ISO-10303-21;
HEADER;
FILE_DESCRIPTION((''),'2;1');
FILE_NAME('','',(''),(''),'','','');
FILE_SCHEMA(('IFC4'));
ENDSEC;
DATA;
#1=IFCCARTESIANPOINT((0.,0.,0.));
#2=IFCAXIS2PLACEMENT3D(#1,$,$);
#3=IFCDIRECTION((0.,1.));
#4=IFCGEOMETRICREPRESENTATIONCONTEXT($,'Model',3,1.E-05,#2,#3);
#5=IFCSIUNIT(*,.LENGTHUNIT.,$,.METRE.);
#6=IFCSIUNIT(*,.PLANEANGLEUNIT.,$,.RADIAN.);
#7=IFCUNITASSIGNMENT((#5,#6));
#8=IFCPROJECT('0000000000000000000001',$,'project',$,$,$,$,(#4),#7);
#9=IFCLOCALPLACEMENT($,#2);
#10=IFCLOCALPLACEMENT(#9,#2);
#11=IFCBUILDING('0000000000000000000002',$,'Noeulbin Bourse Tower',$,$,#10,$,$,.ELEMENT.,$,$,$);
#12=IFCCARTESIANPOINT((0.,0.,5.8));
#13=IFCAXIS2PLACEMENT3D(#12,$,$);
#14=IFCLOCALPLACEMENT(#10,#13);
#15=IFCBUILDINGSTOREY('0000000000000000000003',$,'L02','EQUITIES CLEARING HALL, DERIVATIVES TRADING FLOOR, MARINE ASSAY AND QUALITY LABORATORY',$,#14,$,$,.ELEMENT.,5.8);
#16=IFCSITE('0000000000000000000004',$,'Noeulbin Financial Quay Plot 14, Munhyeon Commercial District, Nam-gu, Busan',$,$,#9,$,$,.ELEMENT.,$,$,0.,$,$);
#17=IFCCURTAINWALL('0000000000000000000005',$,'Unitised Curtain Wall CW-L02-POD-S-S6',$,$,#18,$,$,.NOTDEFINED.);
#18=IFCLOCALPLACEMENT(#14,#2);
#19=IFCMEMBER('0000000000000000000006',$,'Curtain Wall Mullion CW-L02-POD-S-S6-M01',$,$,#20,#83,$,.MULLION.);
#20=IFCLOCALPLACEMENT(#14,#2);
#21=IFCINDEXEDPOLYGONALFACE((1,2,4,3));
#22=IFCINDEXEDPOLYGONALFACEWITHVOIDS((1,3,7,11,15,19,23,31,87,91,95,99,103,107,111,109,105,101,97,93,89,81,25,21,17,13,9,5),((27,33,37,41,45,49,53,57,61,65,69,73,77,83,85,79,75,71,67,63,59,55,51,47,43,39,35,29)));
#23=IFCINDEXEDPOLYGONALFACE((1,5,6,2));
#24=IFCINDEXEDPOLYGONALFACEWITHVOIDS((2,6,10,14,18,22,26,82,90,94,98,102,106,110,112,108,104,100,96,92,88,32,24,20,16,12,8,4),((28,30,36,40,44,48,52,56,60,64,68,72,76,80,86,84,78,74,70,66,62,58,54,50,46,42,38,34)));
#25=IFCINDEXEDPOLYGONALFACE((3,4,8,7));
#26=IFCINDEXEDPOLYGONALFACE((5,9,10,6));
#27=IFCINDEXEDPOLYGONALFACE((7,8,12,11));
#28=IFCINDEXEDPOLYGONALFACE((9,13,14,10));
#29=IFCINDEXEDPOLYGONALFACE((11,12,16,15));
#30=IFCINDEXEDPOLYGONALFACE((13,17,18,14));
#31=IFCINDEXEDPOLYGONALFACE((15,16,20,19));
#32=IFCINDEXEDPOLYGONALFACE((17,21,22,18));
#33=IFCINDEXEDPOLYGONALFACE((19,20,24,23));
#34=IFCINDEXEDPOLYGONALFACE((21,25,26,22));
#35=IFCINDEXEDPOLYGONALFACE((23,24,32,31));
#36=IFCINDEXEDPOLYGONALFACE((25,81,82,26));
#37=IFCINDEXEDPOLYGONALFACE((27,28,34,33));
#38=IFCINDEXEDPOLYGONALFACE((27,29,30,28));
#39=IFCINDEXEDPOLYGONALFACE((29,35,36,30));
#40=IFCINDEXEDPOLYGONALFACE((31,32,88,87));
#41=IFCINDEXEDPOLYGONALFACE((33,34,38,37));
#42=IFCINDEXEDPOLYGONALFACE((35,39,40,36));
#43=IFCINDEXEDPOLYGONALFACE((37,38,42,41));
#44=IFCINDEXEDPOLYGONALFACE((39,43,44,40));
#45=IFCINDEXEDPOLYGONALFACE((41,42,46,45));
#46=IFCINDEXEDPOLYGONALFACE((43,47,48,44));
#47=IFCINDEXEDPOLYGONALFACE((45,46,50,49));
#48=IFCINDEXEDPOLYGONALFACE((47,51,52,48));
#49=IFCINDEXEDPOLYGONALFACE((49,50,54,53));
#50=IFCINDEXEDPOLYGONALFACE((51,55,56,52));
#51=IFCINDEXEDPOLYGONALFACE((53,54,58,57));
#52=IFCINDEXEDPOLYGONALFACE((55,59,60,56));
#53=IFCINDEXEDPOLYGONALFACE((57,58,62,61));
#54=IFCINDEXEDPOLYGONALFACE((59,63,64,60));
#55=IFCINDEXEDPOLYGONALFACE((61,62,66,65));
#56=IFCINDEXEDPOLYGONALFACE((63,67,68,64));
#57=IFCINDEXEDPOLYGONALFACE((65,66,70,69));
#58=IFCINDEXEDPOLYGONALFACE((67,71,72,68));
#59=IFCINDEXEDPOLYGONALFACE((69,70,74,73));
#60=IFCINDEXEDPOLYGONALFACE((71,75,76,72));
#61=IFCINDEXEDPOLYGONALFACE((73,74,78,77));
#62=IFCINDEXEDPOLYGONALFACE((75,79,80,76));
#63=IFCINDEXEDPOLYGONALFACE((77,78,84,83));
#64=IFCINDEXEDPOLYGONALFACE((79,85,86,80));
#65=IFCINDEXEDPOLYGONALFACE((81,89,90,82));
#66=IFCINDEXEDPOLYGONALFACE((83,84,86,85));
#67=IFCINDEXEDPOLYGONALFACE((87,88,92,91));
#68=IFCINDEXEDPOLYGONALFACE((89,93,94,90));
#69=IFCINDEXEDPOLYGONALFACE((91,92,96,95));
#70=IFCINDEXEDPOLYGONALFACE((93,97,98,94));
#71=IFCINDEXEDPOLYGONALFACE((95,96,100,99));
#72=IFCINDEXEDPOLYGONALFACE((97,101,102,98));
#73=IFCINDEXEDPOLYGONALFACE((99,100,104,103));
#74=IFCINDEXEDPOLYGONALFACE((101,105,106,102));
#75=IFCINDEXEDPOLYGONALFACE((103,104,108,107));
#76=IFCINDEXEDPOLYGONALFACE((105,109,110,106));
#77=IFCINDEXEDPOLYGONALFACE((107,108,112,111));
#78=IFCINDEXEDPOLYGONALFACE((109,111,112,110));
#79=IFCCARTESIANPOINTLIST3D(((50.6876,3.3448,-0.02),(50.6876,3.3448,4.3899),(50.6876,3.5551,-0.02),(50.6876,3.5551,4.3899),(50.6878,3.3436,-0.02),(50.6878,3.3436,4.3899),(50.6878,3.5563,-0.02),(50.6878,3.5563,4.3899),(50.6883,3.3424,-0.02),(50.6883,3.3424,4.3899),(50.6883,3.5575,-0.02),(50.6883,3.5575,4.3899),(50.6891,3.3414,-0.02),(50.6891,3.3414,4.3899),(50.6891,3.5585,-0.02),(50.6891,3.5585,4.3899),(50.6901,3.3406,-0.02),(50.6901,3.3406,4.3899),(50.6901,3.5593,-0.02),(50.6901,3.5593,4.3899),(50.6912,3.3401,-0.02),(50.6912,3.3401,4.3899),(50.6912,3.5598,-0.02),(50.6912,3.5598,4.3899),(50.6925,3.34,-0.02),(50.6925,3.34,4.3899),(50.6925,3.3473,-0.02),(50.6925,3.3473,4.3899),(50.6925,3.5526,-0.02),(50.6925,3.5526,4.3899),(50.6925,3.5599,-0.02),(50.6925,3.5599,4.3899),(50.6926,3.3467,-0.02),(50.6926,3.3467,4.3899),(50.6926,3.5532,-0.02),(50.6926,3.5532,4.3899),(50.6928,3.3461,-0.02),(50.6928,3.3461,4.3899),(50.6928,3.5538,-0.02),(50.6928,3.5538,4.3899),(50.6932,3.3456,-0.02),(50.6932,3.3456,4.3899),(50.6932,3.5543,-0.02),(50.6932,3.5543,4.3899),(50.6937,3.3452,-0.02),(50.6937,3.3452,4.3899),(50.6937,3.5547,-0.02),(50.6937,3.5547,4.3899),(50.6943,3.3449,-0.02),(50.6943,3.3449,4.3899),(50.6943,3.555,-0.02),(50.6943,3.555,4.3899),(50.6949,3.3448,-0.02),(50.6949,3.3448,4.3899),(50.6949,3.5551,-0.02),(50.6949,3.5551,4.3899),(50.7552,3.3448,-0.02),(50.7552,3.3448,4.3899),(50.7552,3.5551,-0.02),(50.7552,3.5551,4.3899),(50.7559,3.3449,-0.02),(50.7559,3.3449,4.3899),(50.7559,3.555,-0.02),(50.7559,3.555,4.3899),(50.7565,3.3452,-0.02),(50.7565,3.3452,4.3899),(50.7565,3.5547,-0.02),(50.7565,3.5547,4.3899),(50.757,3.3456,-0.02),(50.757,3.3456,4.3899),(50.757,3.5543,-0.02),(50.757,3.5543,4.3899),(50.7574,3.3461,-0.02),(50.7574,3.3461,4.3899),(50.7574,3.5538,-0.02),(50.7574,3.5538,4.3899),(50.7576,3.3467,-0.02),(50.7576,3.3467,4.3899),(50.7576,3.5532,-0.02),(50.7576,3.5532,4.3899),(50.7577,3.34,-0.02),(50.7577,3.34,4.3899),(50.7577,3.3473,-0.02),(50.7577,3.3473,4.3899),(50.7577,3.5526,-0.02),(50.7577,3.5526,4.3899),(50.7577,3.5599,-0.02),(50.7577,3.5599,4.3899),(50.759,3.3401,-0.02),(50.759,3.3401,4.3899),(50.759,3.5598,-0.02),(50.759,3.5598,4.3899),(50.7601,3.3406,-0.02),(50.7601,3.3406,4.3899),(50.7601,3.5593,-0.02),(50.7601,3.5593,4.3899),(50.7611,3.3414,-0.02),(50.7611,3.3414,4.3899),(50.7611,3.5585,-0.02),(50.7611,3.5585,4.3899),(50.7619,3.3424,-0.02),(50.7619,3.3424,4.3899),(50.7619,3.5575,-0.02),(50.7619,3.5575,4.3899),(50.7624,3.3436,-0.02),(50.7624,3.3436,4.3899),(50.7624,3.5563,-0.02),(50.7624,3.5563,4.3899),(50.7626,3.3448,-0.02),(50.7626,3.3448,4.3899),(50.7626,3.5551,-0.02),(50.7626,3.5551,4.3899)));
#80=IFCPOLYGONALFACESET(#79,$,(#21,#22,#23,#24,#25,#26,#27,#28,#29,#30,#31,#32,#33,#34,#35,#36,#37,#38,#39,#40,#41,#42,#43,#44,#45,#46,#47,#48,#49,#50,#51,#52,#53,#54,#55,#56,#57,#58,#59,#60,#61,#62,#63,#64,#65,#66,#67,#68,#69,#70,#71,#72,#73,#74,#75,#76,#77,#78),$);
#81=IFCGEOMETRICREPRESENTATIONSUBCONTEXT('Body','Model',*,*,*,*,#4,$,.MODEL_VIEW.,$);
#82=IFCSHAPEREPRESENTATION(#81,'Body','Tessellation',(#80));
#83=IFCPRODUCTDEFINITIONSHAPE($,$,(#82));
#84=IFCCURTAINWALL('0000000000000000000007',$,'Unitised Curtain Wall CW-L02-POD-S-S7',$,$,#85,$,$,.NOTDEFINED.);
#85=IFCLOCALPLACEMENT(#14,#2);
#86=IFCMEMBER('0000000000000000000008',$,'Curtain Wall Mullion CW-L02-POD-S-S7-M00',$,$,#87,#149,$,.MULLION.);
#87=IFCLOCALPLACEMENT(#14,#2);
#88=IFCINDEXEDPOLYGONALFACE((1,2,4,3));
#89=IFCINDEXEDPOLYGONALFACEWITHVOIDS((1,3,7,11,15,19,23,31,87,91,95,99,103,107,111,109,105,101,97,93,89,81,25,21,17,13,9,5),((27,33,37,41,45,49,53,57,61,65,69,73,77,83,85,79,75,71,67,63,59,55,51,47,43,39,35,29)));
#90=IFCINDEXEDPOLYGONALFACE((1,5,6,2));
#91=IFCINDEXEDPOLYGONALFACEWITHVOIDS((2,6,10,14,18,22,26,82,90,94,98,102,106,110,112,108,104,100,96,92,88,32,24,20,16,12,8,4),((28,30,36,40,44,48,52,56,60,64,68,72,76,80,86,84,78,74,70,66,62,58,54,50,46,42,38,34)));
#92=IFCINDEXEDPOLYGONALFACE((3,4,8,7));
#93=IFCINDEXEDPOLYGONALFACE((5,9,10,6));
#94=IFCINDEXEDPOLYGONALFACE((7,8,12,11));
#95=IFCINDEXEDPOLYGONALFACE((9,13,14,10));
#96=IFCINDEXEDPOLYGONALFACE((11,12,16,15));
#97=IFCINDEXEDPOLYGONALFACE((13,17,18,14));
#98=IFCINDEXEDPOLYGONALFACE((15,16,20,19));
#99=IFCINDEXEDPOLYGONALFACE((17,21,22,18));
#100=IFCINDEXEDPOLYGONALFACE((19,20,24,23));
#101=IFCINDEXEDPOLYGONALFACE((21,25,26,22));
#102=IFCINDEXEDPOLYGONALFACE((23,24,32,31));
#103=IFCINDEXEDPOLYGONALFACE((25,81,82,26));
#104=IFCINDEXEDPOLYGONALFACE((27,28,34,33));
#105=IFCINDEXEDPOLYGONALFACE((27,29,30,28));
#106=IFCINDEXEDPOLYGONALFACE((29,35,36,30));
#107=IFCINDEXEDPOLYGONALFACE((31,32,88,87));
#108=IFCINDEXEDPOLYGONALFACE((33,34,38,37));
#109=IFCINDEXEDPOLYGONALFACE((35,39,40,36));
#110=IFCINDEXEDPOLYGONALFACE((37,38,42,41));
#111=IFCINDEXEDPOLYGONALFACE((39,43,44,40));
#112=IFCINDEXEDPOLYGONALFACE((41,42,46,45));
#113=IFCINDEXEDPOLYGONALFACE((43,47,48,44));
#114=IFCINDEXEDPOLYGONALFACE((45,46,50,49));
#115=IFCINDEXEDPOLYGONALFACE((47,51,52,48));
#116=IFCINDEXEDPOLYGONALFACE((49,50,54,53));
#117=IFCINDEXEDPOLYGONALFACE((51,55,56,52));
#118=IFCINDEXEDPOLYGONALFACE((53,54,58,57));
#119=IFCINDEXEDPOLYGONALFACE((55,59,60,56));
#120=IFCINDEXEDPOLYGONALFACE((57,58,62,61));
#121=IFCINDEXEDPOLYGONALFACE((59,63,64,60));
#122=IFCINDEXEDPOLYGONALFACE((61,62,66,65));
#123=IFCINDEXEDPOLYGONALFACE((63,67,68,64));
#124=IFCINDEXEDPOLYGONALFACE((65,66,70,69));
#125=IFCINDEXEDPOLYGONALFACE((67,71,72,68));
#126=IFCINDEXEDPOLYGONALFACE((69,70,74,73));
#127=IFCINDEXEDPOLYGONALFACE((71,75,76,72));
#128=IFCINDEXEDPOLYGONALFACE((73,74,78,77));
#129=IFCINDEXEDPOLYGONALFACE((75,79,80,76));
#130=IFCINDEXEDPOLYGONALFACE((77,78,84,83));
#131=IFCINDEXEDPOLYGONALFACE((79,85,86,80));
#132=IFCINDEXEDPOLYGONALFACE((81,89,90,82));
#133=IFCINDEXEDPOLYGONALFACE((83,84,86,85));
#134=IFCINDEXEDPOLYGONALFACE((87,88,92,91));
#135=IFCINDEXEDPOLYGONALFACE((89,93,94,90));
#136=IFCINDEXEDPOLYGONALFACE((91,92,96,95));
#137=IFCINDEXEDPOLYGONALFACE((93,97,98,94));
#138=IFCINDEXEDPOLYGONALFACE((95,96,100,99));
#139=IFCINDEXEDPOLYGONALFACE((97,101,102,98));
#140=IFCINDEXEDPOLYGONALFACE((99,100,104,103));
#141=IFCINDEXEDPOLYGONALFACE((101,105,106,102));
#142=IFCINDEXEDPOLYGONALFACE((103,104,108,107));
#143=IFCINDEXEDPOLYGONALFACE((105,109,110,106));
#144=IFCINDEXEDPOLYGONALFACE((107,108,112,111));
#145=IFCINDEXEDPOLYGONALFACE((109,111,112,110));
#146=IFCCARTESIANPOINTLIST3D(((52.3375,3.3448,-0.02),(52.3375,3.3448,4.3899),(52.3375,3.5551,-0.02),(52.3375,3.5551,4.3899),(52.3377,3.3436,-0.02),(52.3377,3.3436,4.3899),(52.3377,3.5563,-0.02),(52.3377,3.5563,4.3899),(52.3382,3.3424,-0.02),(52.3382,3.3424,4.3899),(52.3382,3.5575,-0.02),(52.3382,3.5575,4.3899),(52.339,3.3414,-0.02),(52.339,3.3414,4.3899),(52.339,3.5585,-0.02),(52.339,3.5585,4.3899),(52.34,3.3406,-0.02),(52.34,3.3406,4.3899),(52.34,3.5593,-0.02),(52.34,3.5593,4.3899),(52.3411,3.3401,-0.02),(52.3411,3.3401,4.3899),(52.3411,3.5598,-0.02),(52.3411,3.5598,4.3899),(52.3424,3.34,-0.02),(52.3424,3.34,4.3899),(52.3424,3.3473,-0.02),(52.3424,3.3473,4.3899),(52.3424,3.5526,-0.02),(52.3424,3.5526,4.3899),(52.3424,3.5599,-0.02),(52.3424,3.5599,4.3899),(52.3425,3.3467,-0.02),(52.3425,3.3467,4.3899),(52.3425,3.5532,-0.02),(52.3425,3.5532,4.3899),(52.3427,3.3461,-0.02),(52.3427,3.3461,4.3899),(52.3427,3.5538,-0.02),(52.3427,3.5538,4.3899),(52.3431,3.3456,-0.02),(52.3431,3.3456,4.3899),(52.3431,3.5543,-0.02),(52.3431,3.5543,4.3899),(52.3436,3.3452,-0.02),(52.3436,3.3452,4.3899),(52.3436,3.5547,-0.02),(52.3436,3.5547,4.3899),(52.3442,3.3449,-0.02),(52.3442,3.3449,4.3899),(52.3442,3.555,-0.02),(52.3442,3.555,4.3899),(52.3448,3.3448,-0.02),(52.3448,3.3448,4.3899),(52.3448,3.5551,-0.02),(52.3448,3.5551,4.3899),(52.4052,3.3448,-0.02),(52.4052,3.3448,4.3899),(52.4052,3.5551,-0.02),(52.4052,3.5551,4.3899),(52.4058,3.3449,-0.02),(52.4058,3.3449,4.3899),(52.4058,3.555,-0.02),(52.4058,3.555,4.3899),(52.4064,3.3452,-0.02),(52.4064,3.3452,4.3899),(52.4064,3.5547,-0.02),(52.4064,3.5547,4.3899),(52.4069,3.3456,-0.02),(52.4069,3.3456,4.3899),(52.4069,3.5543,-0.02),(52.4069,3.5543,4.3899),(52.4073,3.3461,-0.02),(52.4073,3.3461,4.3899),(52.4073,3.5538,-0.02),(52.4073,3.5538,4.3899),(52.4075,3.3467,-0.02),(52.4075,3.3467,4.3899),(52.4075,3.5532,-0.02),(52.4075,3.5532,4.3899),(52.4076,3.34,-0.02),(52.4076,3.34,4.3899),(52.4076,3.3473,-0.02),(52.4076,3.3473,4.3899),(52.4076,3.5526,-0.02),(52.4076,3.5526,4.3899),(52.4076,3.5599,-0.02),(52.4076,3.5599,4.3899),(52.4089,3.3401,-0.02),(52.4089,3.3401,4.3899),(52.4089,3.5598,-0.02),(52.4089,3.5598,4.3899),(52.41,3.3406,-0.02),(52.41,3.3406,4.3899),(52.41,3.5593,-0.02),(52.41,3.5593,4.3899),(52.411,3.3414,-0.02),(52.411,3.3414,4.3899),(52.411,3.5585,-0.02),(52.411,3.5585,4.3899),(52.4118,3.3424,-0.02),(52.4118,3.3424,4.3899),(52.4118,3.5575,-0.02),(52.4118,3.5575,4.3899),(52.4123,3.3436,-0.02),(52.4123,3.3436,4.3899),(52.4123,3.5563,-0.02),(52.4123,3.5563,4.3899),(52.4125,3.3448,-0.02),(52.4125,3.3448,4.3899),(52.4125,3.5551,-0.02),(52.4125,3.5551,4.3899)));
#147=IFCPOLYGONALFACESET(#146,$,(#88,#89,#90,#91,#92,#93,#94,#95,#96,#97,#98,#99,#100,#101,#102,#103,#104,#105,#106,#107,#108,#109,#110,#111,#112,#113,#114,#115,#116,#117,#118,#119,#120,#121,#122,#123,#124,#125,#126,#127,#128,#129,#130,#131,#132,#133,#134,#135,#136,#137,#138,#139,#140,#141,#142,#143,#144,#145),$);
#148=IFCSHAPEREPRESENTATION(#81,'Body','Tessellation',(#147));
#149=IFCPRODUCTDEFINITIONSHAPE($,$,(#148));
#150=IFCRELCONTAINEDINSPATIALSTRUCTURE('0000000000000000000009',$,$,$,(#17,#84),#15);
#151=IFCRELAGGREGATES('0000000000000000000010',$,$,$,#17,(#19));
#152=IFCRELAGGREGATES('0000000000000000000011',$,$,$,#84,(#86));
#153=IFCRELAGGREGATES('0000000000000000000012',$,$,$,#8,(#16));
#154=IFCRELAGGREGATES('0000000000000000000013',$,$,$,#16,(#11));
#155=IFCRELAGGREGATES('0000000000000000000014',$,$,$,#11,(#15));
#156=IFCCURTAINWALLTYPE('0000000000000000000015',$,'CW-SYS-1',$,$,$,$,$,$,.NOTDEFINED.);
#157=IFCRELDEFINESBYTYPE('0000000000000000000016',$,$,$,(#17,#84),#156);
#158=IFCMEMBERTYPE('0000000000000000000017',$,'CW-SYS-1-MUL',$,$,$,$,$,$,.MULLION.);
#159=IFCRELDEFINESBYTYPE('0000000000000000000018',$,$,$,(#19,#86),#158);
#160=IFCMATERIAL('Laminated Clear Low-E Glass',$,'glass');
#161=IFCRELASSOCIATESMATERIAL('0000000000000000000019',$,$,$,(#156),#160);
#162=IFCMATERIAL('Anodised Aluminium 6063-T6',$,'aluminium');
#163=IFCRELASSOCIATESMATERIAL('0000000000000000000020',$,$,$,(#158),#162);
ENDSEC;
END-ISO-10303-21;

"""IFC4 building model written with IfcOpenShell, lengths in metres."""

from ifc_helpers import new_model, si_unit, direction, frame, origin, origin_2d, place, context, subcontext, project, spatial, hollow_rectangle, extrude, material, material_profile, profile_set, type_object, element, aggregate, save


model = new_model("IFC4")

# Units and contexts
model_context = context("Model", 3, precision=1e-05, world=origin(), true_north=direction((0.0, 1.0)))
body_context = subcontext(model_context, "Body", "Model", "MODEL_VIEW")
ifc_project = project(units=[si_unit("LENGTHUNIT", "METRE"), si_unit("PLANEANGLEUNIT", "RADIAN")], contexts=[model_context])

# Site, building, storey
site_placement = place(None, origin())
site = spatial("IfcSite", under=ifc_project, at=site_placement, Name="Noeulbin Financial Quay Plot 14, Munhyeon Commercial District, Nam-gu, Busan", CompositionType="ELEMENT", RefElevation=0.0)
building_placement = place(site_placement, origin())
building = spatial("IfcBuilding", under=site, at=building_placement, Name="Noeulbin Bourse Tower", CompositionType="ELEMENT")
storey_placement = place(building_placement, frame((0.0, 0.0, 5.8)))
storey = spatial("IfcBuildingStorey", under=building, at=storey_placement, Name="L02", Description="EQUITIES CLEARING HALL, DERIVATIVES TRADING FLOOR, MARINE ASSAY AND QUALITY LABORATORY", CompositionType="ELEMENT", Elevation=5.8)

# Shared definitions
ifc_material_1 = material(Name="Laminated Clear Low-E Glass", Category="glass")
curtain_wall_type = type_object("IfcCurtainWallType", Name="CW-SYS-1", PredefinedType="NOTDEFINED", material=ifc_material_1)
ifc_material_2 = material(Name="Anodised Aluminium 6063-T6", Category="aluminium")
ifc_material_profile_1 = material_profile(ifc_material_2, hollow_rectangle(XDim=0.075, YDim=0.22, WallThickness=0.0049, InnerFilletRadius=0.0024, OuterFilletRadius=0.0049, at=origin_2d()), Name="ALU-MULL-75x220x5", Category="LoadBearing")
ifc_profile_set_1 = profile_set([ifc_material_profile_1], Name="Anodised Aluminium 6063-T6")
member_type_1 = type_object("IfcMemberType", Name="CW-SYS-1-MUL", PredefinedType="MULLION", material=ifc_profile_set_1)

# Curtain walls, members
curtain_wall_1_placement = place(storey_placement, origin())
curtain_wall_1 = element("IfcCurtainWall", 1, at=curtain_wall_1_placement, inside=storey, type_object=curtain_wall_type, Name="Unitised Curtain Wall CW-L02-POD-S-S6", PredefinedType="NOTDEFINED")
member_1_placement = place(storey_placement, frame((50.7251, 3.45, -0.02), z_axis=(0.0, 0.0, 1.0), x_axis=(1.0, 0.0, 0.0)))
member_1 = element("IfcMember", 2, at=member_1_placement, type_object=member_type_1, Name="Curtain Wall Mullion CW-L02-POD-S-S6-M01", PredefinedType="MULLION", context=body_context, shape_type="SweptSolid", body=[
    extrude(hollow_rectangle(XDim=0.075, YDim=0.22, WallThickness=0.0049, InnerFilletRadius=0.0024, OuterFilletRadius=0.0049, at=origin_2d()), origin(), (0.0, 0.0, 1.0), 4.4099),
])
curtain_wall_2_placement = place(storey_placement, origin())
curtain_wall_2 = element("IfcCurtainWall", 3, at=curtain_wall_2_placement, inside=storey, type_object=curtain_wall_type, Name="Unitised Curtain Wall CW-L02-POD-S-S7", PredefinedType="NOTDEFINED")
member_2_placement = place(storey_placement, frame((52.375, 3.45, -0.02), z_axis=(0.0, 0.0, 1.0), x_axis=(1.0, 0.0, 0.0)))
member_2 = element("IfcMember", 4, at=member_2_placement, type_object=member_type_1, Name="Curtain Wall Mullion CW-L02-POD-S-S7-M00", PredefinedType="MULLION", context=body_context, shape_type="SweptSolid", body=[
    extrude(hollow_rectangle(XDim=0.075, YDim=0.22, WallThickness=0.0049, InnerFilletRadius=0.0024, OuterFilletRadius=0.0049, at=origin_2d()), origin(), (0.0, 0.0, 1.0), 4.4099),
])

aggregate(curtain_wall_1, [member_1])
aggregate(curtain_wall_2, [member_2])

save(model, "model.ifc")
